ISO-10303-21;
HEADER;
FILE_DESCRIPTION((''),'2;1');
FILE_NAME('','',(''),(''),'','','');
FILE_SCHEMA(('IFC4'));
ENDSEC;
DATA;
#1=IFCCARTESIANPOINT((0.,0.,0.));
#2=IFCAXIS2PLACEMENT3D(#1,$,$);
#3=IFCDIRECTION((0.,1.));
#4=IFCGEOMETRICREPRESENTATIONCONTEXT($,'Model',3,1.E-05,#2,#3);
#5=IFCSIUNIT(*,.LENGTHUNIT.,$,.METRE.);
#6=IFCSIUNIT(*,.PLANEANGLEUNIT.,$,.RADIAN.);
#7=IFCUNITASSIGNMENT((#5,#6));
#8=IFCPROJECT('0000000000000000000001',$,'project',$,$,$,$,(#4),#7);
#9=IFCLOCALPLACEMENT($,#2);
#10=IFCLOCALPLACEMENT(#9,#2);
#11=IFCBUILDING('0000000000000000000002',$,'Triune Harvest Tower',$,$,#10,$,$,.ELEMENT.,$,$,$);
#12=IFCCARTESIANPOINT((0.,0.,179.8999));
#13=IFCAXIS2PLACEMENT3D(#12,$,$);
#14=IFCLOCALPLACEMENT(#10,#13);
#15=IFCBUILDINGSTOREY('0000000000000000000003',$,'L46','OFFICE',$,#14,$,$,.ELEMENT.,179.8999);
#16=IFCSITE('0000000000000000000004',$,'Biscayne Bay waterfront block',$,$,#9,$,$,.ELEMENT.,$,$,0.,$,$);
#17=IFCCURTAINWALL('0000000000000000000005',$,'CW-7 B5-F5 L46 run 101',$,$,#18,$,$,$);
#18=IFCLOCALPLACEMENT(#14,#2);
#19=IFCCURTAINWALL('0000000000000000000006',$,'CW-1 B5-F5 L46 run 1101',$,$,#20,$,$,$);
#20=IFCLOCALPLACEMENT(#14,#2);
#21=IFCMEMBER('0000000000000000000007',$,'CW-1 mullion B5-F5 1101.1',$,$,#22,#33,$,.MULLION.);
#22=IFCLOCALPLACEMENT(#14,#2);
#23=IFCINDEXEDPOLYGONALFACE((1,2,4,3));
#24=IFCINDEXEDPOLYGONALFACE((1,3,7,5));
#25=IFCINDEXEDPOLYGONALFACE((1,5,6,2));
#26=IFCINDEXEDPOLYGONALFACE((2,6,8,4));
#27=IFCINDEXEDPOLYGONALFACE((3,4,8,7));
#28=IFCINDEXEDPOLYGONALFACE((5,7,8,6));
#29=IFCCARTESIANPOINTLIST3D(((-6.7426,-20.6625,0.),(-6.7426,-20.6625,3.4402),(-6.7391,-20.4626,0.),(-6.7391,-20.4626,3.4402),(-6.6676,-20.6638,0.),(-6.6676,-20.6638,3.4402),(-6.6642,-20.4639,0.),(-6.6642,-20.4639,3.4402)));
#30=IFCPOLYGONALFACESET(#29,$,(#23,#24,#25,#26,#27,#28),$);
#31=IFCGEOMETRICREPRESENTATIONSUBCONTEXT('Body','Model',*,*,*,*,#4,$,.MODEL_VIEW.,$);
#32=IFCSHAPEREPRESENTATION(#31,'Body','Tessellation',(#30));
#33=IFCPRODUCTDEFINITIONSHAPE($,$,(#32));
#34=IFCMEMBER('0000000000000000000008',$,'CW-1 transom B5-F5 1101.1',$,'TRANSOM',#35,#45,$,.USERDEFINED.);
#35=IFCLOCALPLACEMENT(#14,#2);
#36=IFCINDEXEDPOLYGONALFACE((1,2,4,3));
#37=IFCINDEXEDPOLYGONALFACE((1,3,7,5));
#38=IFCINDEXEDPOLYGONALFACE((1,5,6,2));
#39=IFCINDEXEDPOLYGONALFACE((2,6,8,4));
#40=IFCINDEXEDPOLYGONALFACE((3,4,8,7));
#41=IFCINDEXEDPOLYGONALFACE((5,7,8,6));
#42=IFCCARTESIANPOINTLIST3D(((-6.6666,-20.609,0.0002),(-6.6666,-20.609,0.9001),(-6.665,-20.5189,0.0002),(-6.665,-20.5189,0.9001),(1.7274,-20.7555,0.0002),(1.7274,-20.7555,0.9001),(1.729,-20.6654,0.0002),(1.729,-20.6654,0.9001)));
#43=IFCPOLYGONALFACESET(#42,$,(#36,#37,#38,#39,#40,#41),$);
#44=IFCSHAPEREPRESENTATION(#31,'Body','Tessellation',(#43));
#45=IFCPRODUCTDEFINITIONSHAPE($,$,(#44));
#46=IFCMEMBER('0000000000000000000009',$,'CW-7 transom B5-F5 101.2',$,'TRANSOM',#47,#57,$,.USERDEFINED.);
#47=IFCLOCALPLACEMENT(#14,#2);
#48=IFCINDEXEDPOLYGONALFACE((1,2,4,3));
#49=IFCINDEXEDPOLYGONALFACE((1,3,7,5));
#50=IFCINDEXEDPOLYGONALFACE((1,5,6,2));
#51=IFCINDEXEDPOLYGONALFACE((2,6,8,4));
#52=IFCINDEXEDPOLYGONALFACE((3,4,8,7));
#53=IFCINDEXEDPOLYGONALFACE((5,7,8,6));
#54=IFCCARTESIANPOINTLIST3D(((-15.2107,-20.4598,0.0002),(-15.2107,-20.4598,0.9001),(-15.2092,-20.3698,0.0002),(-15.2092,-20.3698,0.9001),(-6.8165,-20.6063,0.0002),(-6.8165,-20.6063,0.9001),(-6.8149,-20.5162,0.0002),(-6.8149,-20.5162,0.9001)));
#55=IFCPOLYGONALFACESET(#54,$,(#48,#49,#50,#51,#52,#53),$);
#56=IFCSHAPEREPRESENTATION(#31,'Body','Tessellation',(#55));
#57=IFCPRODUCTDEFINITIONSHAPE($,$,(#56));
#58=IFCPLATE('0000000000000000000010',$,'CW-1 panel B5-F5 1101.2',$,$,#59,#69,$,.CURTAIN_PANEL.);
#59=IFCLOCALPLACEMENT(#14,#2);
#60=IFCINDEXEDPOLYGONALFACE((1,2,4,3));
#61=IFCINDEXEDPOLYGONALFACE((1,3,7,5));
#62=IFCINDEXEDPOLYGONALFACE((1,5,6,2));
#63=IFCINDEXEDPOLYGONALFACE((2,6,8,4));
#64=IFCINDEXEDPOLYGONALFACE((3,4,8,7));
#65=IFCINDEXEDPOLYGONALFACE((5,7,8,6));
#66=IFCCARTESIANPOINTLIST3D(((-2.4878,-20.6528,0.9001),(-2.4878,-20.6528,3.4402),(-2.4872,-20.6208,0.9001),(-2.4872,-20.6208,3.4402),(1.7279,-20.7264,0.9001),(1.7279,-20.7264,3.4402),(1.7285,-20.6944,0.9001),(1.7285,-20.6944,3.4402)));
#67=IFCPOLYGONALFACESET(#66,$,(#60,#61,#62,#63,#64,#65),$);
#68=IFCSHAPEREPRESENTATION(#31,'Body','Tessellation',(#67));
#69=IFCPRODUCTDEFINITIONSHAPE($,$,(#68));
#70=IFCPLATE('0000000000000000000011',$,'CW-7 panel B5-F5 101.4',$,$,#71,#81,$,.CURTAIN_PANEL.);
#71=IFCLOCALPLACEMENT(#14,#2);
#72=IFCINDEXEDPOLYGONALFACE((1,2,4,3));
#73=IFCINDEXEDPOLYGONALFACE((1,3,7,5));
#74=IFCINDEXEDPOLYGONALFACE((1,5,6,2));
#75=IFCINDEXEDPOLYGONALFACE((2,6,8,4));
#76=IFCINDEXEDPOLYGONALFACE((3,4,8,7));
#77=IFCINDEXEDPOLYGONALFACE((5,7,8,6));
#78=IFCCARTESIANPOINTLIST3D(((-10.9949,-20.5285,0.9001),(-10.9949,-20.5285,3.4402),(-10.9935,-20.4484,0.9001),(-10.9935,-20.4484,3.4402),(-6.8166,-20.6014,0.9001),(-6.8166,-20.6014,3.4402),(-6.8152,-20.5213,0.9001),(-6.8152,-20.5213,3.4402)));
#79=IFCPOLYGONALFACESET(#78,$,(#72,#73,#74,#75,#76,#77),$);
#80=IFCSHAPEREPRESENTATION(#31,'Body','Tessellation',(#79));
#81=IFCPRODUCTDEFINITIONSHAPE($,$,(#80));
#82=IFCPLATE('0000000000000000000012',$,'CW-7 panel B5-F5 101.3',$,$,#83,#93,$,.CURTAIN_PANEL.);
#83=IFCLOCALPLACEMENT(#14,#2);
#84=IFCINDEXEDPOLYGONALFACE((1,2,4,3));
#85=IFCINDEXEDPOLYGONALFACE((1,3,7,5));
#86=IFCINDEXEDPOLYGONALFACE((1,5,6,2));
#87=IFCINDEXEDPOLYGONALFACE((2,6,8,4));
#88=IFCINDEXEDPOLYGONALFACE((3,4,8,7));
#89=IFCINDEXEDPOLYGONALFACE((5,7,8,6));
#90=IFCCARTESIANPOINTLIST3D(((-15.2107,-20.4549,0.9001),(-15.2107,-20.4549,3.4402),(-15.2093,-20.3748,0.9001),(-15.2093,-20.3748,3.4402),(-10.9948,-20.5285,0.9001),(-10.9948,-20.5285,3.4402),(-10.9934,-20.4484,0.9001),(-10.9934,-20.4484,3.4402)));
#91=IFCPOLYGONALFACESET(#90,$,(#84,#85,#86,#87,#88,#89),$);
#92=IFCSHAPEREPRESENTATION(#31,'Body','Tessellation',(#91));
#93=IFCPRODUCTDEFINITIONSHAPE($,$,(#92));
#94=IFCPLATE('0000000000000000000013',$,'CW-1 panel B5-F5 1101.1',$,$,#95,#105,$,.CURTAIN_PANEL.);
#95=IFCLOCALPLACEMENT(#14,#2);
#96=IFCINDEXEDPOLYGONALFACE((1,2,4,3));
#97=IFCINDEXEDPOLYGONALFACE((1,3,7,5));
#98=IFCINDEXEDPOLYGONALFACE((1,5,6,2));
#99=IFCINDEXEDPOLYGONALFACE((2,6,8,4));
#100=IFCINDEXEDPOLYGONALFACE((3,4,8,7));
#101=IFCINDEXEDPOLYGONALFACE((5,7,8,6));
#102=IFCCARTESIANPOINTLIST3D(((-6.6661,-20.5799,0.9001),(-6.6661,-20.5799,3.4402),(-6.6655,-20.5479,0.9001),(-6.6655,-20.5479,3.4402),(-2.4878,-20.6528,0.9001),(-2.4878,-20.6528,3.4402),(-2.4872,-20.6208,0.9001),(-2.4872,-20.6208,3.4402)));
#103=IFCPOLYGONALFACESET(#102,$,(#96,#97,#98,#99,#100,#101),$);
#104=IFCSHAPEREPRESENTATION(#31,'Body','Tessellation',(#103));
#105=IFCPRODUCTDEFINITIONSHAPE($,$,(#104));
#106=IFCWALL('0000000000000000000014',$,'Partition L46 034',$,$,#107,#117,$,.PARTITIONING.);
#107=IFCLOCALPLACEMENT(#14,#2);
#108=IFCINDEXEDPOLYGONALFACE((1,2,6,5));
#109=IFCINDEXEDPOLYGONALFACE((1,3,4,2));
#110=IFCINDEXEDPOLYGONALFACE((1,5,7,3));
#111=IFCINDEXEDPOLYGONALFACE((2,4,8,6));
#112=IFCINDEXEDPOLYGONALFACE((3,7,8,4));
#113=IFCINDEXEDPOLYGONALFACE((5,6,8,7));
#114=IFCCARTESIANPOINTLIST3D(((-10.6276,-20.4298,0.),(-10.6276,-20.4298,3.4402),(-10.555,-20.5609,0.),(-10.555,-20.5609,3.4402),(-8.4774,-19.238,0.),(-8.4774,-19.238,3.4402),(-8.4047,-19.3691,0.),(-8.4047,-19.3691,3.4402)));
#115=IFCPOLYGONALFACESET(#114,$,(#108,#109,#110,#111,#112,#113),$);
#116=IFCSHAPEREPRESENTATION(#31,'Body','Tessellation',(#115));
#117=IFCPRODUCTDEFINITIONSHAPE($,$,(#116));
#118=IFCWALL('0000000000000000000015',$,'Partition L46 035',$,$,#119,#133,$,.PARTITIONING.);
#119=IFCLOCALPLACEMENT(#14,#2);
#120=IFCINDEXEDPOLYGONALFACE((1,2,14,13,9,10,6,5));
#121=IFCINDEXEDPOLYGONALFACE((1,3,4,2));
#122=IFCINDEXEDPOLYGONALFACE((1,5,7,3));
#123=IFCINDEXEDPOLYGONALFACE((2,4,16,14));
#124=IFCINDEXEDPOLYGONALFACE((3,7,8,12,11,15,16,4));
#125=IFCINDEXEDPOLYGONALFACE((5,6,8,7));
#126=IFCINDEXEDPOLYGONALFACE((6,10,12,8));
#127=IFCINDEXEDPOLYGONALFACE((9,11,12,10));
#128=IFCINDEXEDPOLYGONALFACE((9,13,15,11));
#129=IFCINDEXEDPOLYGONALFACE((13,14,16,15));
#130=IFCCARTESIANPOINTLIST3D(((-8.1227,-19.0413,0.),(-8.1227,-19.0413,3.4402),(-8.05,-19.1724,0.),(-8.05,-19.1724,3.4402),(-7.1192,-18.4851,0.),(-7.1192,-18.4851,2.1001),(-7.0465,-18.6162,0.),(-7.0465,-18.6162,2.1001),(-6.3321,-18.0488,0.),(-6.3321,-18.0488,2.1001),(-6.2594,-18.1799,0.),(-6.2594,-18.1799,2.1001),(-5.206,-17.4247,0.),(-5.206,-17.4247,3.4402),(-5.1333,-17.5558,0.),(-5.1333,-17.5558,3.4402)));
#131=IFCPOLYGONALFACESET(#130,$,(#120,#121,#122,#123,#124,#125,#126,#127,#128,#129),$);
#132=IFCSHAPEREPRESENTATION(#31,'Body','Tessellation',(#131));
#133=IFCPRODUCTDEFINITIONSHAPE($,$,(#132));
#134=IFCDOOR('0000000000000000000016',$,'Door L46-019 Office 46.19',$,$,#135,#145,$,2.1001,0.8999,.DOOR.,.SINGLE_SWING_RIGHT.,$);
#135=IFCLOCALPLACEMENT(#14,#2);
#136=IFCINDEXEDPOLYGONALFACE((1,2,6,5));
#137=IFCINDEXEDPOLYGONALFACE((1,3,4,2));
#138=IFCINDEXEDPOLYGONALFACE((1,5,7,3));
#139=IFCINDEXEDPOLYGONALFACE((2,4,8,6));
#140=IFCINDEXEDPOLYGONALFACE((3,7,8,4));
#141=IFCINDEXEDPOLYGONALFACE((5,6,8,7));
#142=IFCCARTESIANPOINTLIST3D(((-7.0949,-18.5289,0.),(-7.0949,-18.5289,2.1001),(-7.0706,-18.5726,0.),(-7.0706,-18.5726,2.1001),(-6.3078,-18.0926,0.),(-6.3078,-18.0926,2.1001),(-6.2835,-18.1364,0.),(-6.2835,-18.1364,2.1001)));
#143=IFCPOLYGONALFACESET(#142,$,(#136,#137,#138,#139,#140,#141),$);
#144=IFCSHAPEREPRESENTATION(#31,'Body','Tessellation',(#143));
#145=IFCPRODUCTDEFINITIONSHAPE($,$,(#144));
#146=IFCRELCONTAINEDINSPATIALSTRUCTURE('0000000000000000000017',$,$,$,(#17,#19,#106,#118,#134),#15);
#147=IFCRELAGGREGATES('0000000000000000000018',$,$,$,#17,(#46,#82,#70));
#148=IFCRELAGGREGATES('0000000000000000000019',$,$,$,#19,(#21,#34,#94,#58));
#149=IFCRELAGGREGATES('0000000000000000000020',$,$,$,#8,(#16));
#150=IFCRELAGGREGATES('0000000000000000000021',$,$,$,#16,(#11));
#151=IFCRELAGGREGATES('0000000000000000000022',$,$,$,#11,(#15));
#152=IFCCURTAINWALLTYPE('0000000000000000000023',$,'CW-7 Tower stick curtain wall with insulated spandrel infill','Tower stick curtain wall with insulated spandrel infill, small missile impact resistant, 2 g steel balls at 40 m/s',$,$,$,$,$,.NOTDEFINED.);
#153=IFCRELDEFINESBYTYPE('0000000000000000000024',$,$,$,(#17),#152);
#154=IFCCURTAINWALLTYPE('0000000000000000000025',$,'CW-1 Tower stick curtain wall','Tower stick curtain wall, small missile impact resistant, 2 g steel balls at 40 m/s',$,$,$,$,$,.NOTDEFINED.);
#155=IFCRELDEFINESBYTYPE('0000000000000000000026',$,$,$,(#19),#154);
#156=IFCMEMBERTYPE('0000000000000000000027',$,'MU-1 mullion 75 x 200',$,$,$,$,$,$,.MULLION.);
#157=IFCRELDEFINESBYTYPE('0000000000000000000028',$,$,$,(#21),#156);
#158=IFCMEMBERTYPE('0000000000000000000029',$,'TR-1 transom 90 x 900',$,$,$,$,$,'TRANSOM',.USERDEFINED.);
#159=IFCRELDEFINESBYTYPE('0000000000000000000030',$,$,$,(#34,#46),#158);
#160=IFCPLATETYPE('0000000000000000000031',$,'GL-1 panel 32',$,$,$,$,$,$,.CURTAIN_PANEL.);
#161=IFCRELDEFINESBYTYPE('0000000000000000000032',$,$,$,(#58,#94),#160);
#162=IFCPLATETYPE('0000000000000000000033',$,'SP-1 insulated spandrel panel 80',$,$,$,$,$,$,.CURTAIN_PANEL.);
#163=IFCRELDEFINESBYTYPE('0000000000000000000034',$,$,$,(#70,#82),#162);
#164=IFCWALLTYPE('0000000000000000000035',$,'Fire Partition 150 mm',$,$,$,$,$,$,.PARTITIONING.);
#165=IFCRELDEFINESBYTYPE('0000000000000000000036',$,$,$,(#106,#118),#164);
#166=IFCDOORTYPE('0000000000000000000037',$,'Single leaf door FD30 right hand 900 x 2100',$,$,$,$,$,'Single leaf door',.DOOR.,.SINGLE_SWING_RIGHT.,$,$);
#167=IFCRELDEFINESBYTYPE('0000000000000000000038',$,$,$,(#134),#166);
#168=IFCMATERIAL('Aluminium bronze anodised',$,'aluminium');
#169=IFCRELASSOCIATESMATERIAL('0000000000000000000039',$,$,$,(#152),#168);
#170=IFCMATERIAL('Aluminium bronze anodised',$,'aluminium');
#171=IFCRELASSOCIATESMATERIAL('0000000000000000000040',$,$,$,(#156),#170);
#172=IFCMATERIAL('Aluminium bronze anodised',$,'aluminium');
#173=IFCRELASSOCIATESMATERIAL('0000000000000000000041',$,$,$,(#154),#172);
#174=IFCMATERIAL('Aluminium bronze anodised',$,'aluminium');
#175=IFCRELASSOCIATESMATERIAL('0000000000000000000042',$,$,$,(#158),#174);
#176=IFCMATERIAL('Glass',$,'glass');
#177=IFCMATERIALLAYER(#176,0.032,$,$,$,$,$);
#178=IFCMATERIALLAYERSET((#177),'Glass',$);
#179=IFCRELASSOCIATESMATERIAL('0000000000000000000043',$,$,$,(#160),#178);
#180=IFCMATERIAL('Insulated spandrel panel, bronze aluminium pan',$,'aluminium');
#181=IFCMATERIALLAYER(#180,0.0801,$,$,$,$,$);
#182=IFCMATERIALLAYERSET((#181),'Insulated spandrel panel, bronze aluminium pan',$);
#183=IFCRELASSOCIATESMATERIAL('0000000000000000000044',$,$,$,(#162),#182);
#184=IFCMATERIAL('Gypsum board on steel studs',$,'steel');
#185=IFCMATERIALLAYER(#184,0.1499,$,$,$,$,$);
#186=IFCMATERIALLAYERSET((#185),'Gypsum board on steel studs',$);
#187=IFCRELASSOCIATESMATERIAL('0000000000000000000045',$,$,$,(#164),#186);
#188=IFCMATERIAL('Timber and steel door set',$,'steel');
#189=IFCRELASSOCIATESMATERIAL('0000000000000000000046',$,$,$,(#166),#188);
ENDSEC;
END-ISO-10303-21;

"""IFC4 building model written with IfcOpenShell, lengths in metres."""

from ifc_helpers import new_model, si_unit, direction, frame, frame_2d, origin, origin_2d, place, context, subcontext, project, spatial, rectangle, extrude, source, transform, mapped, material, layer, layer_set, material_profile, profile_set, type_object, element, fill, aggregate, save


model = new_model("IFC4")

# Units and contexts
model_context = context("Model", 3, precision=1e-05, world=origin(), true_north=direction((0.0, 1.0)))
body_context = subcontext(model_context, "Body", "Model", "MODEL_VIEW")
ifc_project = project(units=[si_unit("LENGTHUNIT", "METRE"), si_unit("PLANEANGLEUNIT", "RADIAN")], contexts=[model_context])

# Site, building, storey
site_placement = place(None, origin())
site = spatial("IfcSite", under=ifc_project, at=site_placement, Name="Biscayne Bay waterfront block", CompositionType="ELEMENT", RefElevation=0.0)
building_placement = place(site_placement, origin())
building = spatial("IfcBuilding", under=site, at=building_placement, Name="Triune Harvest Tower", CompositionType="ELEMENT")
storey_placement = place(building_placement, frame((0.0, 0.0, 179.8999)))
storey = spatial("IfcBuildingStorey", under=building, at=storey_placement, Name="L46", Description="OFFICE", CompositionType="ELEMENT", Elevation=179.8999)

# Curtain walls, members
ifc_material_1 = material(Name="Aluminium bronze anodised", Category="aluminium")
curtain_wall_type_1 = type_object("IfcCurtainWallType", Name="CW-7 Tower stick curtain wall with insulated spandrel infill", Description="Tower stick curtain wall with insulated spandrel infill, small missile impact resistant, 2 g steel balls at 40 m/s", PredefinedType="NOTDEFINED", material=ifc_material_1)
curtain_wall_1_placement = place(storey_placement, origin())
curtain_wall_1 = element("IfcCurtainWall", 1, at=curtain_wall_1_placement, inside=storey, type_object=curtain_wall_type_1, Name="CW-7 B5-F5 L46 run 101")
ifc_material_2 = material(Name="Aluminium bronze anodised", Category="aluminium")
ifc_material_profile_1 = material_profile(ifc_material_2, rectangle(XDim=0.2, YDim=0.075, at=origin_2d()), Name="MU-1 mullion 75 x 200")
ifc_profile_set_1 = profile_set([ifc_material_profile_1], Name="Aluminium bronze anodised")
member_type_1 = type_object("IfcMemberType", Name="MU-1 mullion 75 x 200", PredefinedType="MULLION", material=ifc_profile_set_1)
shared_shape_1 = source(origin(), body_context, "Body", "SweptSolid", [
    extrude(rectangle(XDim=0.2, YDim=0.075, at=origin_2d()), origin(), (0.0, 0.0, 1.0), 3.4402),
])
ifc_material_3 = material(Name="Aluminium bronze anodised", Category="aluminium")
curtain_wall_type_2 = type_object("IfcCurtainWallType", Name="CW-1 Tower stick curtain wall", Description="Tower stick curtain wall, small missile impact resistant, 2 g steel balls at 40 m/s", PredefinedType="NOTDEFINED", material=ifc_material_3)
curtain_wall_2_placement = place(storey_placement, origin())
curtain_wall_2 = element("IfcCurtainWall", 2, at=curtain_wall_2_placement, inside=storey, type_object=curtain_wall_type_2, Name="CW-1 B5-F5 L46 run 1101")
member_1_placement = place(storey_placement, frame((-6.7034, -20.5632, 0.0), z_axis=(0.0, 0.0, 1.0), x_axis=(0.017451, 0.999848, 0.0)))
member_1 = element("IfcMember", 3, at=member_1_placement, type_object=member_type_1, Name="CW-1 mullion B5-F5 1101.1", PredefinedType="MULLION", context=body_context, shape_type="MappedRepresentation", body=[
    mapped(shared_shape_1, transform((0.0, 0.0, 0.0), scale=1.0)),
])
ifc_material_4 = material(Name="Aluminium bronze anodised", Category="aluminium")
ifc_material_profile_2 = material_profile(ifc_material_4, rectangle(XDim=0.0901, YDim=0.8999, at=origin_2d()), Name="TR-1 transom 90 x 900")
ifc_profile_set_2 = profile_set([ifc_material_profile_2], Name="Aluminium bronze anodised")
member_type_2 = type_object("IfcMemberType", Name="TR-1 transom 90 x 900", ElementType="TRANSOM", PredefinedType="USERDEFINED", material=ifc_profile_set_2)
shared_shape_2 = source(origin(), body_context, "Body", "SweptSolid", [
    extrude(rectangle(XDim=0.0901, YDim=0.8999, at=origin_2d()), origin(), (0.0, 0.0, 1.0), 8.3953),
])
member_2_placement = place(storey_placement, frame((-6.6658, -20.564, 0.4502), z_axis=(0.999848, -0.017448, 0.0), x_axis=(0.017448, 0.999848, 0.0)))
member_2 = element("IfcMember", 4, at=member_2_placement, type_object=member_type_2, Name="CW-1 transom B5-F5 1101.1", ObjectType="TRANSOM", PredefinedType="USERDEFINED", context=body_context, shape_type="MappedRepresentation", body=[
    mapped(shared_shape_2, transform((0.0, 0.0, 0.0), scale=1.0)),
])

# Member
shared_shape_3 = source(origin(), body_context, "Body", "SweptSolid", [
    extrude(rectangle(XDim=0.0901, YDim=0.8999, at=origin_2d()), origin(), (0.0, 0.0, 1.0), 8.3955),
])
member_3_placement = place(storey_placement, frame((-15.21, -20.4148, 0.4502), z_axis=(0.999848, -0.017448, 0.0), x_axis=(0.017448, 0.999848, 0.0)))
member_3 = element("IfcMember", 5, at=member_3_placement, type_object=member_type_2, Name="CW-7 transom B5-F5 101.2", ObjectType="TRANSOM", PredefinedType="USERDEFINED", context=body_context, shape_type="MappedRepresentation", body=[
    mapped(shared_shape_3, transform((0.0, 0.0, 0.0), scale=1.0)),
])

# Plates
ifc_material_5 = material(Name="Glass", Category="glass")
ifc_layer_1 = layer(ifc_material_5, 0.032)
ifc_layer_set_1 = layer_set([ifc_layer_1], Name="Glass")
plate_type_1 = type_object("IfcPlateType", Name="GL-1 panel 32", PredefinedType="CURTAIN_PANEL", material=ifc_layer_set_1)
plate_1_placement = place(storey_placement, frame((-0.3796, -20.6736, 0.9001), z_axis=(0.0, 0.0, 1.0), x_axis=(0.999848, -0.017451, 0.0)))
plate_1 = element("IfcPlate", 6, at=plate_1_placement, type_object=plate_type_1, Name="CW-1 panel B5-F5 1101.2", PredefinedType="CURTAIN_PANEL", context=body_context, shape_type="SweptSolid", body=[
    extrude(rectangle(XDim=4.2163, YDim=0.032, at=origin_2d()), origin(), (0.0, 0.0, 1.0), 2.54),
])
ifc_material_6 = material(Name="Insulated spandrel panel, bronze aluminium pan", Category="aluminium")
ifc_layer_2 = layer(ifc_material_6, 0.0801)
ifc_layer_set_2 = layer_set([ifc_layer_2], Name="Insulated spandrel panel, bronze aluminium pan")
plate_type_2 = type_object("IfcPlateType", Name="SP-1 insulated spandrel panel 80", PredefinedType="CURTAIN_PANEL", material=ifc_layer_set_2)
shared_shape_4 = source(origin(), body_context, "Body", "SweptSolid", [
    extrude(rectangle(XDim=4.179, YDim=0.0801, at=origin_2d()), origin(), (0.0, 0.0, 1.0), 2.54),
])
plate_2_placement = place(storey_placement, frame((-8.905, -20.5249, 0.9001), z_axis=(0.0, 0.0, 1.0), x_axis=(0.999848, -0.017454, 0.0)))
plate_2 = element("IfcPlate", 7, at=plate_2_placement, type_object=plate_type_2, Name="CW-7 panel B5-F5 101.4", PredefinedType="CURTAIN_PANEL", context=body_context, shape_type="MappedRepresentation", body=[
    mapped(shared_shape_4, transform((0.0, 0.0, 0.0), scale=1.0)),
])
shared_shape_5 = source(origin(), body_context, "Body", "SweptSolid", [
    extrude(rectangle(XDim=4.2166, YDim=0.0801, at=origin_2d()), origin(), (0.0, 0.0, 1.0), 2.54),
])
plate_3_placement = place(storey_placement, frame((-13.1021, -20.4517, 0.9001), z_axis=(0.0, 0.0, 1.0), x_axis=(0.999848, -0.017454, 0.0)))
plate_3 = element("IfcPlate", 8, at=plate_3_placement, type_object=plate_type_2, Name="CW-7 panel B5-F5 101.3", PredefinedType="CURTAIN_PANEL", context=body_context, shape_type="MappedRepresentation", body=[
    mapped(shared_shape_5, transform((0.0, 0.0, 0.0), scale=1.0)),
])
aggregate(curtain_wall_1, [member_3, plate_3, plate_2])
shared_shape_6 = source(origin(), body_context, "Body", "SweptSolid", [
    extrude(rectangle(XDim=4.179, YDim=0.032, at=origin_2d()), origin(), (0.0, 0.0, 1.0), 2.54),
])
plate_4_placement = place(storey_placement, frame((-4.5767, -20.6003, 0.9001), z_axis=(0.0, 0.0, 1.0), x_axis=(0.999848, -0.017451, 0.0)))
plate_4 = element("IfcPlate", 9, at=plate_4_placement, type_object=plate_type_1, Name="CW-1 panel B5-F5 1101.1", PredefinedType="CURTAIN_PANEL", context=body_context, shape_type="MappedRepresentation", body=[
    mapped(shared_shape_6, transform((0.0, 0.0, 0.0), scale=1.0)),
])
aggregate(curtain_wall_2, [member_1, member_2, plate_4, plate_1])

# Wall
ifc_material_7 = material(Name="Gypsum board on steel studs", Category="steel")
ifc_layer_3 = layer(ifc_material_7, 0.1499)
ifc_layer_set_3 = layer_set([ifc_layer_3], Name="Gypsum board on steel studs")
wall_type_1 = type_object("IfcWallType", Name="Fire Partition 150 mm", PredefinedType="PARTITIONING", material=ifc_layer_set_3)
wall_1_placement = place(storey_placement, frame((-10.5913, -20.4954, 0.0), z_axis=(0.0, 0.0, 1.0), x_axis=(0.874635, 0.484783, 0.0)))
element("IfcWall", 10, at=wall_1_placement, inside=storey, type_object=wall_type_1, Name="Partition L46 034", PredefinedType="PARTITIONING", context=body_context, shape_type="SweptSolid", body=[
    extrude(rectangle(XDim=2.4585, YDim=0.1499, at=frame_2d((1.2292, 0.0))), origin(), (0.0, 0.0, 1.0), 3.4402),
])

# Wall, opening, door
wall_2_placement = place(storey_placement, frame((-8.0864, -19.1069, 0.0), z_axis=(0.0, 0.0, 1.0), x_axis=(0.87463, 0.484791, 0.0)))
wall_2 = element("IfcWall", 11, at=wall_2_placement, inside=storey, type_object=wall_type_1, Name="Partition L46 035", PredefinedType="PARTITIONING", context=body_context, shape_type="SweptSolid", body=[
    extrude(rectangle(XDim=3.3347, YDim=0.1499, at=frame_2d((1.6675, 0.0))), origin(), (0.0, 0.0, 1.0), 3.4402),
])
opening_1_placement = place(wall_2_placement, frame((1.1475, 0.0, 0.0)))
opening_1 = element("IfcOpeningElement", 12, at=opening_1_placement, cuts=wall_2, PredefinedType="OPENING", context=body_context, shape_type="SweptSolid", body=[
    extrude(rectangle(XDim=0.8999, YDim=2.1001, at=frame_2d((0.45, 1.05))), frame((0.0, 0.085, 0.0), z_axis=(0.0, -1.0, 0.0), x_axis=(1.0, 0.0, 0.0)), (0.0, 0.0, 1.0), 0.1699),
])
ifc_material_8 = material(Name="Timber and steel door set", Category="steel")
door_type_1 = type_object("IfcDoorType", Name="Single leaf door FD30 right hand 900 x 2100", ElementType="Single leaf door", OperationType="SINGLE_SWING_RIGHT", PredefinedType="DOOR", material=ifc_material_8)
door_1_placement = place(opening_1_placement, origin())
door_1 = element("IfcDoor", 13, at=door_1_placement, inside=storey, type_object=door_type_1, Name="Door L46-019 Office 46.19", OperationType="SINGLE_SWING_RIGHT", OverallHeight=2.1001, OverallWidth=0.8999, PredefinedType="DOOR", context=body_context, shape_type="SweptSolid", body=[
    extrude(rectangle(XDim=0.8999, YDim=2.1001, at=frame_2d((0.45, 1.05))), frame((0.0, 0.0249, 0.0), z_axis=(0.0, -1.0, 0.0), x_axis=(1.0, 0.0, 0.0)), (0.0, 0.0, 1.0), 0.05),
])
fill(opening_1, door_1)

save(model, "model.ifc")
